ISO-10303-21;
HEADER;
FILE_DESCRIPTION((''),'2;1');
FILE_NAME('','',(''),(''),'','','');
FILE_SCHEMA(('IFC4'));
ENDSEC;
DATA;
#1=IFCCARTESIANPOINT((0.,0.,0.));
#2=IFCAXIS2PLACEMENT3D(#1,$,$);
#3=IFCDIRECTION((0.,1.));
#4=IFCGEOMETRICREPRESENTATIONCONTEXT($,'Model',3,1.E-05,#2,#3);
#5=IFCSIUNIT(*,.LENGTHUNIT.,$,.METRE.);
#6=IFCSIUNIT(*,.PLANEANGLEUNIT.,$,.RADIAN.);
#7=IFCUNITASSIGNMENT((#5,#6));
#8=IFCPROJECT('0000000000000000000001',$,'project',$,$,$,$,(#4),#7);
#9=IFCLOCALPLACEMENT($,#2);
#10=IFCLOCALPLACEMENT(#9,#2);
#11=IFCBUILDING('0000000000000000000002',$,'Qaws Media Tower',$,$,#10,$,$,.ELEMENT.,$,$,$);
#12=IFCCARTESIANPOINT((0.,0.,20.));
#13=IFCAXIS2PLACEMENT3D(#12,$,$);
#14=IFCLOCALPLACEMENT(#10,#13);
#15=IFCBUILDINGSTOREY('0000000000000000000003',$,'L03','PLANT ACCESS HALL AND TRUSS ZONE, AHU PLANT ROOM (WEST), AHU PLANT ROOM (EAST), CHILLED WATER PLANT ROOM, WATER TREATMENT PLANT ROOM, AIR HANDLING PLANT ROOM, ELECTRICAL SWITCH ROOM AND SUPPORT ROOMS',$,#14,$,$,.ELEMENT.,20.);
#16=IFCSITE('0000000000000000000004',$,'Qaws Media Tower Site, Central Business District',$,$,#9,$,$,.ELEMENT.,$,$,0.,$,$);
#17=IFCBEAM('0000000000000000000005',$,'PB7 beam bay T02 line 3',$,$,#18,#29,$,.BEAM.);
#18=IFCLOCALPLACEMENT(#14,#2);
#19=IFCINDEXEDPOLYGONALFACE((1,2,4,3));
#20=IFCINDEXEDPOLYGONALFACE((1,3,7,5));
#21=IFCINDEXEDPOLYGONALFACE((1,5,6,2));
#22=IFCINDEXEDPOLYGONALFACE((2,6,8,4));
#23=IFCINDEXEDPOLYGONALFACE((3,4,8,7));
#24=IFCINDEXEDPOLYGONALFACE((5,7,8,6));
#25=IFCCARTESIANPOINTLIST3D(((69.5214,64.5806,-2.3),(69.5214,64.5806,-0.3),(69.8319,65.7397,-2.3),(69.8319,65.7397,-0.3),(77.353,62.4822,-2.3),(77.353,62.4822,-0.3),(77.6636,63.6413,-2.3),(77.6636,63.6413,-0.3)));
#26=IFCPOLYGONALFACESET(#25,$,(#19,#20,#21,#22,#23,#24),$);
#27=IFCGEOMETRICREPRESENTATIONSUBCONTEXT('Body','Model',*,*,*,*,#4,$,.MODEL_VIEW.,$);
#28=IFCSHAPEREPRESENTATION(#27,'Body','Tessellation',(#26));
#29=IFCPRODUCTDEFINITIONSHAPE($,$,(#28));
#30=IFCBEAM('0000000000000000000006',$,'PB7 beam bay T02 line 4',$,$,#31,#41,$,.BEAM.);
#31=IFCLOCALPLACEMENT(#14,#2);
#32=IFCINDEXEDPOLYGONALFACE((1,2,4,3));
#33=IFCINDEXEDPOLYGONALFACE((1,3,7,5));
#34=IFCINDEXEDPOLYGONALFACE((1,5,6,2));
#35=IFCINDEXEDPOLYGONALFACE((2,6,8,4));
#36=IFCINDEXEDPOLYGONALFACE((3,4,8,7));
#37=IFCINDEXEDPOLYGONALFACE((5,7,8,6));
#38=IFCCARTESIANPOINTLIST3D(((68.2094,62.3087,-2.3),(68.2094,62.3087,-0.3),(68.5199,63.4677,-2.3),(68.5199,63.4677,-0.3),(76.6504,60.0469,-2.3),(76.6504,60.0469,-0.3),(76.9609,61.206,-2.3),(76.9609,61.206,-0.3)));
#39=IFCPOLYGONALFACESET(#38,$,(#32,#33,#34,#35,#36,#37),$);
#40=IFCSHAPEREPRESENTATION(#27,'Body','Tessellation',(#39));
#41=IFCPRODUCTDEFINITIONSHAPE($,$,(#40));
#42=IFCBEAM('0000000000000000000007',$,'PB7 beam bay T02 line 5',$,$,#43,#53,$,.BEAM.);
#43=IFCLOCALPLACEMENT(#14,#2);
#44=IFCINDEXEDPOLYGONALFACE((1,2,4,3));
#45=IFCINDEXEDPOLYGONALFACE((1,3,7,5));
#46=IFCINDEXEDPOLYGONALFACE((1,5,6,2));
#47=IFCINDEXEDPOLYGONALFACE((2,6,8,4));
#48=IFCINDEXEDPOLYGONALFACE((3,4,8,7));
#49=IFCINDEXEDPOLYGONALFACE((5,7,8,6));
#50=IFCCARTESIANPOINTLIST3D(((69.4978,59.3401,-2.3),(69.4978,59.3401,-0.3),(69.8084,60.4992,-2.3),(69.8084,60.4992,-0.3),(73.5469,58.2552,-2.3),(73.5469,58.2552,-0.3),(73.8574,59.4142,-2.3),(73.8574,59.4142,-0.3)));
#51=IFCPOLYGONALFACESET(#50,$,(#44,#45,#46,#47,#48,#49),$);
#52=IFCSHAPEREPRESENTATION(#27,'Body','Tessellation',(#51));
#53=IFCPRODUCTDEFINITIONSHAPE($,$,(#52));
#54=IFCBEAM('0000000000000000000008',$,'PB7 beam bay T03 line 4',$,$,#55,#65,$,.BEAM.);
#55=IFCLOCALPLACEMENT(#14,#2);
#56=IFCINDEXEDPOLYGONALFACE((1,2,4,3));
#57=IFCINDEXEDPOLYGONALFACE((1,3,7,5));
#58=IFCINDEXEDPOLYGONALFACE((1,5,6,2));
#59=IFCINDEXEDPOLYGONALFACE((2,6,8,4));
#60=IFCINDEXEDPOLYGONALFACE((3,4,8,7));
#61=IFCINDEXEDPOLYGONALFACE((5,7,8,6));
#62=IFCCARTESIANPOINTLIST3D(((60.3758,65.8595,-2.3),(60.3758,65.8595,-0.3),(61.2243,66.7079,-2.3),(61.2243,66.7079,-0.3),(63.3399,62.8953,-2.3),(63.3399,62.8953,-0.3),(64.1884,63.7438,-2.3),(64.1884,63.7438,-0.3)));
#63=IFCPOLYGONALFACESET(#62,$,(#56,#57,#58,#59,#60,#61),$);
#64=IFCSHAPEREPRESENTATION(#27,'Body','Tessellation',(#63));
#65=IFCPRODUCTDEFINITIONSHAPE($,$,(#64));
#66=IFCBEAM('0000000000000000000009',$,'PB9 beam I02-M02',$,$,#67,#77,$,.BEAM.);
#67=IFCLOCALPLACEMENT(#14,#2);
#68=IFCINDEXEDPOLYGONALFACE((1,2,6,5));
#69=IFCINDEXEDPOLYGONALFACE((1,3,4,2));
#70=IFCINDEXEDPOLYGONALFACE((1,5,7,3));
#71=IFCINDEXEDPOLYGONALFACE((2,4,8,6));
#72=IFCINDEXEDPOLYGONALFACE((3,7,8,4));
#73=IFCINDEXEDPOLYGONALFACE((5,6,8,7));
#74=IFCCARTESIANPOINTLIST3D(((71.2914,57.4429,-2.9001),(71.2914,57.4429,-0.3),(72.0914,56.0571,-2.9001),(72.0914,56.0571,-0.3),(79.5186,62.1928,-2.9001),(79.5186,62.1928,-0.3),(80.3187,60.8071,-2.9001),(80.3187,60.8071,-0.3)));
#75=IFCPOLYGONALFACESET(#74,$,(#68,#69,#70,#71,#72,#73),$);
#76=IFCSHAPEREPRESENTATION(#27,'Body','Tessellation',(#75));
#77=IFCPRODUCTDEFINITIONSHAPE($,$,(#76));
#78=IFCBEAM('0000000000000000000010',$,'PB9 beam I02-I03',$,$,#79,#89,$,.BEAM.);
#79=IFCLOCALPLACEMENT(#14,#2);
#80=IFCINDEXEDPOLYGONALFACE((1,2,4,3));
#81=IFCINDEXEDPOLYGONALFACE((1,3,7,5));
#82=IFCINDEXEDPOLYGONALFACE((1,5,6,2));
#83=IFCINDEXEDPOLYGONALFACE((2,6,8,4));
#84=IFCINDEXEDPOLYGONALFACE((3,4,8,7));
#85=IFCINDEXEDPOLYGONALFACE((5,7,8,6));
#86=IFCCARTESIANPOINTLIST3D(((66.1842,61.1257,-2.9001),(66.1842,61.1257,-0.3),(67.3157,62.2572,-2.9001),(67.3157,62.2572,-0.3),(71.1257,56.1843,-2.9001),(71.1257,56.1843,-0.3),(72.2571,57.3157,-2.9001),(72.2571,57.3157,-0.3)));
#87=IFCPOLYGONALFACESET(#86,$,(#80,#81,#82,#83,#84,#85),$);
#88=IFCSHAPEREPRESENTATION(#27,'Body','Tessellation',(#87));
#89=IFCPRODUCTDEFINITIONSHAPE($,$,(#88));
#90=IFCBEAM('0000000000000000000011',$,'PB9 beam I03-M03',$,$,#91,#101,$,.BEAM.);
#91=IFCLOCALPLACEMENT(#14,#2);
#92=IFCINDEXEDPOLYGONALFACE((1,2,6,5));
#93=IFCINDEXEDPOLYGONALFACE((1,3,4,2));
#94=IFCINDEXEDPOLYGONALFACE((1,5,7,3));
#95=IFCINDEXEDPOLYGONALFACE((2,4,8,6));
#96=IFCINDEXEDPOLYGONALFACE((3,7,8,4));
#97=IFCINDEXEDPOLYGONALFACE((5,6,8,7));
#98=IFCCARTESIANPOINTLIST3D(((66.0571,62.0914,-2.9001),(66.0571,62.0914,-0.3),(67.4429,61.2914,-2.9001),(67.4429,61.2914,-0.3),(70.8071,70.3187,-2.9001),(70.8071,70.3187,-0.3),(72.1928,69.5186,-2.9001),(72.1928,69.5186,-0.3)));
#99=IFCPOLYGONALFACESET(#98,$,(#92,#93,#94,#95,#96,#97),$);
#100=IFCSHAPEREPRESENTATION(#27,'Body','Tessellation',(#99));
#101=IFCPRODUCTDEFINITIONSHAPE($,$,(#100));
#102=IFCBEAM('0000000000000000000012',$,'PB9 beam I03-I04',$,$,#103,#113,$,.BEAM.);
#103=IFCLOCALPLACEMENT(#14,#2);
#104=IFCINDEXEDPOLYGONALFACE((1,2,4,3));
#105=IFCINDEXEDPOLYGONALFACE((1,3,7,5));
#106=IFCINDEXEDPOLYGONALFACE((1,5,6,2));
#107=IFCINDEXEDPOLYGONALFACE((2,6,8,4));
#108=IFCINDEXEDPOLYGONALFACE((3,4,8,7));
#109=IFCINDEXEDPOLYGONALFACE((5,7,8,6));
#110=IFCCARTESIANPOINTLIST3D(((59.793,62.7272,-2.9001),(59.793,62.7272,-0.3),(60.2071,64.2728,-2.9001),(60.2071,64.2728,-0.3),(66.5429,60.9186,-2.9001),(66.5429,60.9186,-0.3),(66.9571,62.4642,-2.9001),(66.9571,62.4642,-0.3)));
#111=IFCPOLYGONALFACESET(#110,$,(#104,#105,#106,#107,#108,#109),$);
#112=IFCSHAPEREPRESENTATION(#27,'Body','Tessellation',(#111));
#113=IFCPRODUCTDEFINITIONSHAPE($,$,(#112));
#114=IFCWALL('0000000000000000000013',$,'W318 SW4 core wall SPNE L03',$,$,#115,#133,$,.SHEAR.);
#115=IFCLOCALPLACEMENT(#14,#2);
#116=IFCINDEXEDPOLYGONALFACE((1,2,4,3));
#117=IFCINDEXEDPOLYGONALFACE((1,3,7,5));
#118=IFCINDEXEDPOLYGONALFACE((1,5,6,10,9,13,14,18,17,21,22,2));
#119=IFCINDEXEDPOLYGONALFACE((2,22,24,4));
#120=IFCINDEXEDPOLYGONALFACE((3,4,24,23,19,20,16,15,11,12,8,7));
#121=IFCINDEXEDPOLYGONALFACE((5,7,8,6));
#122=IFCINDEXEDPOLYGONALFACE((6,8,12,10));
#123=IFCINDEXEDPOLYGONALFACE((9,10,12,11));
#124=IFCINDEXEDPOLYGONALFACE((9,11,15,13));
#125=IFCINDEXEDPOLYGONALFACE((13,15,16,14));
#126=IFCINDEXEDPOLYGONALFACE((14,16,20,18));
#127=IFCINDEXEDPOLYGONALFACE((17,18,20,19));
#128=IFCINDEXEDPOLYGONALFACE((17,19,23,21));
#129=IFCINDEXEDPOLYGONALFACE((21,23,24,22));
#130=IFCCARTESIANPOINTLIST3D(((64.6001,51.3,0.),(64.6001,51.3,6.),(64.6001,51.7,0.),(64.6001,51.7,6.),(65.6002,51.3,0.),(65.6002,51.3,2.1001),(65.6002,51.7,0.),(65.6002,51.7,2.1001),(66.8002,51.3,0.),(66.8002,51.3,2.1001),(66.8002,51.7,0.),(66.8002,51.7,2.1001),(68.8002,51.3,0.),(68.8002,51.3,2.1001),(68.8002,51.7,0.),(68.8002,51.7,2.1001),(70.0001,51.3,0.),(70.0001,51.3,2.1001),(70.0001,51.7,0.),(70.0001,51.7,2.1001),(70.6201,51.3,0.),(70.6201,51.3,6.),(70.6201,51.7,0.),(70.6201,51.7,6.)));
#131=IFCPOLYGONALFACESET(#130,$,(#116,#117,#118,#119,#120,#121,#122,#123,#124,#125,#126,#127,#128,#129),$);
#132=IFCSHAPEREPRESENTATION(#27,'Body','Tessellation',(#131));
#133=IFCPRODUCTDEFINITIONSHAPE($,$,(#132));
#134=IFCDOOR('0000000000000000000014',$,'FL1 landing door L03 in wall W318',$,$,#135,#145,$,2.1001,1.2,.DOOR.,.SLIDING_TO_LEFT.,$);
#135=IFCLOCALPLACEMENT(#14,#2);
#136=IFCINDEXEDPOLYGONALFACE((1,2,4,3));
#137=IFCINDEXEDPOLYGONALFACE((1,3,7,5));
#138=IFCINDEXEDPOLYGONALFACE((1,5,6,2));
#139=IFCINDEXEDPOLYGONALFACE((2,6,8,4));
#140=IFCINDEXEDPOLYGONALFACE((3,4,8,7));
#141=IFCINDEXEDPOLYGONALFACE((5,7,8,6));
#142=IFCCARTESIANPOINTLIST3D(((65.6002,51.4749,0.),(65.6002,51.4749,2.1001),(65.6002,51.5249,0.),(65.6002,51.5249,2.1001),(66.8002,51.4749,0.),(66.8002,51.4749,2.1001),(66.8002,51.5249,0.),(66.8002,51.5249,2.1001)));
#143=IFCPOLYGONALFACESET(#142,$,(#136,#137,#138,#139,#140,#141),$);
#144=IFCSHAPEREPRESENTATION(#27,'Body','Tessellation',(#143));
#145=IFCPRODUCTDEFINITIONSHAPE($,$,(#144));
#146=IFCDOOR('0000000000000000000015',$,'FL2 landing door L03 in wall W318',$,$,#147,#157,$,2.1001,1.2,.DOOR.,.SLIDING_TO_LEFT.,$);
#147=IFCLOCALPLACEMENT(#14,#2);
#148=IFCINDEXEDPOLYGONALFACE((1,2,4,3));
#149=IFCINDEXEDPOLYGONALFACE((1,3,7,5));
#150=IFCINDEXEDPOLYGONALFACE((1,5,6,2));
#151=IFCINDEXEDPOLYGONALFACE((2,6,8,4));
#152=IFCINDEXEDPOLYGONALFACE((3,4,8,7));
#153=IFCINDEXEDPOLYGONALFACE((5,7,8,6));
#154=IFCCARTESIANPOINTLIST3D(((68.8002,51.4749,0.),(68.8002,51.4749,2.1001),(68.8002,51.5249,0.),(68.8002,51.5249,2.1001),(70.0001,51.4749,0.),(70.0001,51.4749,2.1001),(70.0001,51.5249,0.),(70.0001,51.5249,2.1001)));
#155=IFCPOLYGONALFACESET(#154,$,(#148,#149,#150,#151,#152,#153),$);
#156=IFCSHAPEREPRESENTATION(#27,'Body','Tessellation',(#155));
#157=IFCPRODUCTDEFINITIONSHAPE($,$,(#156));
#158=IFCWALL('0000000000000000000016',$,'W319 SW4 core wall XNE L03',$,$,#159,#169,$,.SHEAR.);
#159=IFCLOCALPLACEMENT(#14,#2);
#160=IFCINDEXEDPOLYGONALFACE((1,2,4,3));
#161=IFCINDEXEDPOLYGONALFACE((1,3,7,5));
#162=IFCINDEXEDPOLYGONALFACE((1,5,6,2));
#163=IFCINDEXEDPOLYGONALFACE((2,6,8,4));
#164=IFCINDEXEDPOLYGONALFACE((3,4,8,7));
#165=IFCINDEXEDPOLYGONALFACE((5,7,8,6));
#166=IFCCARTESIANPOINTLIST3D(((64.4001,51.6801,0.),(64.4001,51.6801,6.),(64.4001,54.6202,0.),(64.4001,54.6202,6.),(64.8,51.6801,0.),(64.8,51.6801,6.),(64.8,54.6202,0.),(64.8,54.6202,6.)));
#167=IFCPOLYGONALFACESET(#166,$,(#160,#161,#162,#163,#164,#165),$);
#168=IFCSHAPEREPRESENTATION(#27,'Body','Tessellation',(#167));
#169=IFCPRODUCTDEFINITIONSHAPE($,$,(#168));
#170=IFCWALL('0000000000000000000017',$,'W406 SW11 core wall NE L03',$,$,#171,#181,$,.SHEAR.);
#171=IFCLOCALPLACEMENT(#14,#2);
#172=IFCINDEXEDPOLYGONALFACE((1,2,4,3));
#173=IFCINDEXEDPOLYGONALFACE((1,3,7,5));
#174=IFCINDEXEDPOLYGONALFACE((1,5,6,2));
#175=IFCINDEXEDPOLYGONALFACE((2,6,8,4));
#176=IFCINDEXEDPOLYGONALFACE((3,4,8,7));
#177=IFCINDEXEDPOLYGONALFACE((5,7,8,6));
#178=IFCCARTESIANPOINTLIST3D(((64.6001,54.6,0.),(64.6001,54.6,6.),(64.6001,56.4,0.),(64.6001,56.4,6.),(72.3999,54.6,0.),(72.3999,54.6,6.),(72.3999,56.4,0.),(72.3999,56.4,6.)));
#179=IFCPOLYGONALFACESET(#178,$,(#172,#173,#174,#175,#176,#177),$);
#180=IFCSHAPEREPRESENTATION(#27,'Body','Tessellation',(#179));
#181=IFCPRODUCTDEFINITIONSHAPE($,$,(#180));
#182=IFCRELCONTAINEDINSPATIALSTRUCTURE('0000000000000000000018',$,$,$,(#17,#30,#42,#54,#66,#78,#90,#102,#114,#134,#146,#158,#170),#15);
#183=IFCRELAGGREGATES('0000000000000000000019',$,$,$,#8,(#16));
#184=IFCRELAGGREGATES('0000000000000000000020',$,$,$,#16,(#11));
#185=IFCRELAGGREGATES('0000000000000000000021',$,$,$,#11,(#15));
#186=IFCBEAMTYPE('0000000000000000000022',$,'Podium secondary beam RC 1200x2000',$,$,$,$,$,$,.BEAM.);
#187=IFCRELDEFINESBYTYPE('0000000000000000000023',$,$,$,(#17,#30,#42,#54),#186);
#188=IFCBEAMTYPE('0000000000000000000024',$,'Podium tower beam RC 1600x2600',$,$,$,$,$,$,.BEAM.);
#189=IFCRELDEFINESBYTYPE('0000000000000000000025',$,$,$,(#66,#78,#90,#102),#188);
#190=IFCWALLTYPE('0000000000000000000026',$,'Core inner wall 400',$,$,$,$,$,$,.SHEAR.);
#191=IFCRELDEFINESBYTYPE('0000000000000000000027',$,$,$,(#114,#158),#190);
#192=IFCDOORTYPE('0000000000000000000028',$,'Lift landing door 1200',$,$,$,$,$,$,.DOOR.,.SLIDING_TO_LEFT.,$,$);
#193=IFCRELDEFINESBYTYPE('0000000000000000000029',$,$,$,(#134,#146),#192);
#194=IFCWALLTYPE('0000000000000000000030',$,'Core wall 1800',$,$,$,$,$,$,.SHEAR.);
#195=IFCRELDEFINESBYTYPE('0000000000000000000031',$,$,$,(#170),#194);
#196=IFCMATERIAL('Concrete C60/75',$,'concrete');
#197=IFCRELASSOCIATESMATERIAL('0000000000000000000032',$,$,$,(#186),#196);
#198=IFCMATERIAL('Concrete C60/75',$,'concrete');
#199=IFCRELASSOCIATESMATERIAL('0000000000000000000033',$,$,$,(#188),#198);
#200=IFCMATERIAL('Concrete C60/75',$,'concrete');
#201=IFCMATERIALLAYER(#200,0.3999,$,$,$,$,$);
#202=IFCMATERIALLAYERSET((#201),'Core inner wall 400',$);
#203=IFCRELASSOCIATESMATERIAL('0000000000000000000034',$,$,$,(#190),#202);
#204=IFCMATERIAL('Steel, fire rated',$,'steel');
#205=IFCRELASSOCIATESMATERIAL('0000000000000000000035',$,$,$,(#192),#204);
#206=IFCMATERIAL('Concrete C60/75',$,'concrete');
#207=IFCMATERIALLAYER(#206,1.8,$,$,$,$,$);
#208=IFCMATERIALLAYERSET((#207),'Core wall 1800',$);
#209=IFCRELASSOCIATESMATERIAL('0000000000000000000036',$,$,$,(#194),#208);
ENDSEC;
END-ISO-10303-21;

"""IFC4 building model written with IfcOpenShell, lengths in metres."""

from ifc_helpers import new_model, si_unit, direction, frame, frame_2d, origin, origin_2d, place, context, subcontext, project, spatial, rectangle, extrude, material, layer, layer_set, material_profile, profile_set, type_object, element, fill, save


model = new_model("IFC4")

# Units and contexts
model_context = context("Model", 3, precision=1e-05, world=origin(), true_north=direction((0.0, 1.0)))
body_context = subcontext(model_context, "Body", "Model", "MODEL_VIEW")
ifc_project = project(units=[si_unit("LENGTHUNIT", "METRE"), si_unit("PLANEANGLEUNIT", "RADIAN")], contexts=[model_context])

# Site, building, storey
site_placement = place(None, origin())
site = spatial("IfcSite", under=ifc_project, at=site_placement, Name="Qaws Media Tower Site, Central Business District", CompositionType="ELEMENT", RefElevation=0.0)
building_placement = place(site_placement, origin())
building = spatial("IfcBuilding", under=site, at=building_placement, Name="Qaws Media Tower", CompositionType="ELEMENT")
storey_placement = place(building_placement, frame((0.0, 0.0, 20.0)))
storey = spatial("IfcBuildingStorey", under=building, at=storey_placement, Name="L03", Description="PLANT ACCESS HALL AND TRUSS ZONE, AHU PLANT ROOM (WEST), AHU PLANT ROOM (EAST), CHILLED WATER PLANT ROOM, WATER TREATMENT PLANT ROOM, AIR HANDLING PLANT ROOM, ELECTRICAL SWITCH ROOM AND SUPPORT ROOMS", CompositionType="ELEMENT", Elevation=20.0)

# Beams
ifc_material_1 = material(Name="Concrete C60/75", Category="concrete")
ifc_material_profile_1 = material_profile(ifc_material_1, rectangle(XDim=1.2, YDim=2.0, at=origin_2d()), Name="RC 1200x2000")
ifc_profile_set_1 = profile_set([ifc_material_profile_1], Name="Concrete C60/75")
beam_type_1 = type_object("IfcBeamType", Name="Podium secondary beam RC 1200x2000", PredefinedType="BEAM", material=ifc_profile_set_1)
beam_1_placement = place(storey_placement, frame((77.5083, 63.0618, -1.3), z_axis=(-0.96593, 0.258804, 0.0), x_axis=(-0.258804, -0.96593, 0.0)))
element("IfcBeam", 1, at=beam_1_placement, inside=storey, type_object=beam_type_1, Name="PB7 beam bay T02 line 3", PredefinedType="BEAM", context=body_context, shape_type="SweptSolid", body=[
    extrude(rectangle(XDim=1.2, YDim=2.0, at=origin_2d()), origin(), (0.0, 0.0, 1.0), 8.1079),
])
beam_2_placement = place(storey_placement, frame((76.8057, 60.6265, -1.3), z_axis=(-0.965926, 0.258817, 0.0), x_axis=(-0.258817, -0.965926, 0.0)))
element("IfcBeam", 2, at=beam_2_placement, inside=storey, type_object=beam_type_1, Name="PB7 beam bay T02 line 4", PredefinedType="BEAM", context=body_context, shape_type="SweptSolid", body=[
    extrude(rectangle(XDim=1.2, YDim=2.0, at=origin_2d()), origin(), (0.0, 0.0, 1.0), 8.7388),
])
for number, where, z_axis, x_axis, name in (
    (3, (73.7021, 58.8347, -1.3), (-0.965925, 0.258822, 0.0), (-0.258822, -0.965925, 0.0), "PB7 beam bay T02 line 5"),
    (4, (63.7642, 63.3196, -1.3), (-0.707107, 0.707107, 0.0), (-0.707107, -0.707107, 0.0), "PB7 beam bay T03 line 4"),
):
    element("IfcBeam", number, at=place(storey_placement, frame(where, z_axis=z_axis, x_axis=x_axis)), inside=storey, type_object=beam_type_1, Name=name, PredefinedType="BEAM", context=body_context, shape_type="SweptSolid", body=[
        extrude(rectangle(XDim=1.2, YDim=2.0, at=origin_2d()), origin(), (0.0, 0.0, 1.0), 4.1919),
    ])
ifc_material_2 = material(Name="Concrete C60/75", Category="concrete")
ifc_material_profile_2 = material_profile(ifc_material_2, rectangle(XDim=1.6001, YDim=2.6001, at=origin_2d()), Name="RC 1600x2600")
ifc_profile_set_2 = profile_set([ifc_material_profile_2], Name="Concrete C60/75")
beam_type_2 = type_object("IfcBeamType", Name="Podium tower beam RC 1600x2600", PredefinedType="BEAM", material=ifc_profile_set_2)
beam_3_placement = place(storey_placement, frame((71.6914, 56.75, -1.6001), z_axis=(0.866027, 0.499998, 0.0), x_axis=(-0.499998, 0.866027, 0.0)))
element("IfcBeam", 5, at=beam_3_placement, inside=storey, type_object=beam_type_2, Name="PB9 beam I02-M02", PredefinedType="BEAM", context=body_context, shape_type="SweptSolid", body=[
    extrude(rectangle(XDim=1.6001, YDim=2.6001, at=origin_2d()), origin(), (0.0, 0.0, 1.0), 9.5),
])
beam_4_placement = place(storey_placement, frame((71.6914, 56.75, -1.6001), z_axis=(-0.707107, 0.707107, 0.0), x_axis=(-0.707107, -0.707107, 0.0)))
element("IfcBeam", 6, at=beam_4_placement, inside=storey, type_object=beam_type_2, Name="PB9 beam I02-I03", PredefinedType="BEAM", context=body_context, shape_type="SweptSolid", body=[
    extrude(rectangle(XDim=1.6001, YDim=2.6001, at=origin_2d()), origin(), (0.0, 0.0, 1.0), 6.9883),
])
beam_5_placement = place(storey_placement, frame((66.75, 61.6914, -1.6001), z_axis=(0.499998, 0.866027, 0.0), x_axis=(-0.866027, 0.499998, 0.0)))
element("IfcBeam", 7, at=beam_5_placement, inside=storey, type_object=beam_type_2, Name="PB9 beam I03-M03", PredefinedType="BEAM", context=body_context, shape_type="SweptSolid", body=[
    extrude(rectangle(XDim=1.6001, YDim=2.6001, at=origin_2d()), origin(), (0.0, 0.0, 1.0), 9.5),
])
beam_6_placement = place(storey_placement, frame((66.75, 61.6914, -1.6001), z_axis=(-0.965928, 0.258811, 0.0), x_axis=(-0.258811, -0.965928, 0.0)))
element("IfcBeam", 8, at=beam_6_placement, inside=storey, type_object=beam_type_2, Name="PB9 beam I03-I04", PredefinedType="BEAM", context=body_context, shape_type="SweptSolid", body=[
    extrude(rectangle(XDim=1.6001, YDim=2.6001, at=origin_2d()), origin(), (0.0, 0.0, 1.0), 6.988),
])

# Wall, openings, doors
ifc_material_3 = material(Name="Concrete C60/75", Category="concrete")
ifc_layer_1 = layer(ifc_material_3, 0.3999)
ifc_layer_set_1 = layer_set([ifc_layer_1], Name="Core inner wall 400")
wall_type_1 = type_object("IfcWallType", Name="Core inner wall 400", PredefinedType="SHEAR", material=ifc_layer_set_1)
wall_1_placement = place(storey_placement, frame((64.6001, 51.5, 0.0), z_axis=(0.0, 0.0, 1.0), x_axis=(1.0, 0.0, 0.0)))
wall_1 = element("IfcWall", 9, at=wall_1_placement, inside=storey, type_object=wall_type_1, Name="W318 SW4 core wall SPNE L03", PredefinedType="SHEAR", context=body_context, shape_type="SweptSolid", body=[
    extrude(rectangle(XDim=6.02, YDim=0.3999, at=frame_2d((3.01, 0.0))), origin(), (0.0, 0.0, 1.0), 6.0),
])
opening_1_placement = place(wall_1_placement, frame((1.0, 0.0, 0.0)))
opening_1 = element("IfcOpeningElement", 10, at=opening_1_placement, cuts=wall_1, PredefinedType="OPENING", context=body_context, shape_type="SweptSolid", body=[
    extrude(rectangle(XDim=1.2, YDim=2.1001, at=frame_2d((0.6001, 1.05))), frame((0.0, 0.21, 0.0), z_axis=(0.0, -1.0, 0.0), x_axis=(1.0, 0.0, 0.0)), (0.0, 0.0, 1.0), 0.4199),
])
opening_2_placement = place(wall_1_placement, frame((4.2, 0.0, 0.0)))
opening_2 = element("IfcOpeningElement", 11, at=opening_2_placement, cuts=wall_1, PredefinedType="OPENING", context=body_context, shape_type="SweptSolid", body=[
    extrude(rectangle(XDim=1.2, YDim=2.1001, at=frame_2d((0.6001, 1.05))), frame((0.0, 0.21, 0.0), z_axis=(0.0, -1.0, 0.0), x_axis=(1.0, 0.0, 0.0)), (0.0, 0.0, 1.0), 0.4199),
])
ifc_material_4 = material(Name="Steel, fire rated", Category="steel")
door_type = type_object("IfcDoorType", Name="Lift landing door 1200", OperationType="SLIDING_TO_LEFT", PredefinedType="DOOR", material=ifc_material_4)
door_1_placement = place(opening_1_placement, origin())
door_1 = element("IfcDoor", 12, at=door_1_placement, inside=storey, type_object=door_type, Name="FL1 landing door L03 in wall W318", OperationType="SLIDING_TO_LEFT", OverallHeight=2.1001, OverallWidth=1.2, PredefinedType="DOOR", context=body_context, shape_type="SweptSolid", body=[
    extrude(rectangle(XDim=1.2, YDim=2.1001, at=frame_2d((0.6001, 1.05))), frame((0.0, 0.0249, 0.0), z_axis=(0.0, -1.0, 0.0), x_axis=(1.0, 0.0, 0.0)), (0.0, 0.0, 1.0), 0.05),
])
fill(opening_1, door_1)
door_2_placement = place(opening_2_placement, origin())
door_2 = element("IfcDoor", 13, at=door_2_placement, inside=storey, type_object=door_type, Name="FL2 landing door L03 in wall W318", OperationType="SLIDING_TO_LEFT", OverallHeight=2.1001, OverallWidth=1.2, PredefinedType="DOOR", context=body_context, shape_type="SweptSolid", body=[
    extrude(rectangle(XDim=1.2, YDim=2.1001, at=frame_2d((0.6001, 1.05))), frame((0.0, 0.0249, 0.0), z_axis=(0.0, -1.0, 0.0), x_axis=(1.0, 0.0, 0.0)), (0.0, 0.0, 1.0), 0.05),
])
fill(opening_2, door_2)

# Walls
wall_2_placement = place(storey_placement, frame((64.6001, 51.6799, 0.0), z_axis=(0.0, 0.0, 1.0), x_axis=(0.0, 1.0, 0.0)))
element("IfcWall", 14, at=wall_2_placement, inside=storey, type_object=wall_type_1, Name="W319 SW4 core wall XNE L03", PredefinedType="SHEAR", context=body_context, shape_type="SweptSolid", body=[
    extrude(rectangle(XDim=2.9402, YDim=0.3999, at=frame_2d((1.4702, 0.0))), origin(), (0.0, 0.0, 1.0), 6.0),
])
ifc_material_5 = material(Name="Concrete C60/75", Category="concrete")
ifc_layer_2 = layer(ifc_material_5, 1.8)
ifc_layer_set_2 = layer_set([ifc_layer_2], Name="Core wall 1800")
wall_type_2 = type_object("IfcWallType", Name="Core wall 1800", PredefinedType="SHEAR", material=ifc_layer_set_2)
wall_3_placement = place(storey_placement, frame((64.6001, 55.5, 0.0), z_axis=(0.0, 0.0, 1.0), x_axis=(1.0, 0.0, 0.0)))
element("IfcWall", 15, at=wall_3_placement, inside=storey, type_object=wall_type_2, Name="W406 SW11 core wall NE L03", PredefinedType="SHEAR", context=body_context, shape_type="SweptSolid", body=[
    extrude(rectangle(XDim=7.7998, YDim=1.8, at=frame_2d((3.8999, 0.0))), origin(), (0.0, 0.0, 1.0), 6.0),
])

save(model, "model.ifc")
